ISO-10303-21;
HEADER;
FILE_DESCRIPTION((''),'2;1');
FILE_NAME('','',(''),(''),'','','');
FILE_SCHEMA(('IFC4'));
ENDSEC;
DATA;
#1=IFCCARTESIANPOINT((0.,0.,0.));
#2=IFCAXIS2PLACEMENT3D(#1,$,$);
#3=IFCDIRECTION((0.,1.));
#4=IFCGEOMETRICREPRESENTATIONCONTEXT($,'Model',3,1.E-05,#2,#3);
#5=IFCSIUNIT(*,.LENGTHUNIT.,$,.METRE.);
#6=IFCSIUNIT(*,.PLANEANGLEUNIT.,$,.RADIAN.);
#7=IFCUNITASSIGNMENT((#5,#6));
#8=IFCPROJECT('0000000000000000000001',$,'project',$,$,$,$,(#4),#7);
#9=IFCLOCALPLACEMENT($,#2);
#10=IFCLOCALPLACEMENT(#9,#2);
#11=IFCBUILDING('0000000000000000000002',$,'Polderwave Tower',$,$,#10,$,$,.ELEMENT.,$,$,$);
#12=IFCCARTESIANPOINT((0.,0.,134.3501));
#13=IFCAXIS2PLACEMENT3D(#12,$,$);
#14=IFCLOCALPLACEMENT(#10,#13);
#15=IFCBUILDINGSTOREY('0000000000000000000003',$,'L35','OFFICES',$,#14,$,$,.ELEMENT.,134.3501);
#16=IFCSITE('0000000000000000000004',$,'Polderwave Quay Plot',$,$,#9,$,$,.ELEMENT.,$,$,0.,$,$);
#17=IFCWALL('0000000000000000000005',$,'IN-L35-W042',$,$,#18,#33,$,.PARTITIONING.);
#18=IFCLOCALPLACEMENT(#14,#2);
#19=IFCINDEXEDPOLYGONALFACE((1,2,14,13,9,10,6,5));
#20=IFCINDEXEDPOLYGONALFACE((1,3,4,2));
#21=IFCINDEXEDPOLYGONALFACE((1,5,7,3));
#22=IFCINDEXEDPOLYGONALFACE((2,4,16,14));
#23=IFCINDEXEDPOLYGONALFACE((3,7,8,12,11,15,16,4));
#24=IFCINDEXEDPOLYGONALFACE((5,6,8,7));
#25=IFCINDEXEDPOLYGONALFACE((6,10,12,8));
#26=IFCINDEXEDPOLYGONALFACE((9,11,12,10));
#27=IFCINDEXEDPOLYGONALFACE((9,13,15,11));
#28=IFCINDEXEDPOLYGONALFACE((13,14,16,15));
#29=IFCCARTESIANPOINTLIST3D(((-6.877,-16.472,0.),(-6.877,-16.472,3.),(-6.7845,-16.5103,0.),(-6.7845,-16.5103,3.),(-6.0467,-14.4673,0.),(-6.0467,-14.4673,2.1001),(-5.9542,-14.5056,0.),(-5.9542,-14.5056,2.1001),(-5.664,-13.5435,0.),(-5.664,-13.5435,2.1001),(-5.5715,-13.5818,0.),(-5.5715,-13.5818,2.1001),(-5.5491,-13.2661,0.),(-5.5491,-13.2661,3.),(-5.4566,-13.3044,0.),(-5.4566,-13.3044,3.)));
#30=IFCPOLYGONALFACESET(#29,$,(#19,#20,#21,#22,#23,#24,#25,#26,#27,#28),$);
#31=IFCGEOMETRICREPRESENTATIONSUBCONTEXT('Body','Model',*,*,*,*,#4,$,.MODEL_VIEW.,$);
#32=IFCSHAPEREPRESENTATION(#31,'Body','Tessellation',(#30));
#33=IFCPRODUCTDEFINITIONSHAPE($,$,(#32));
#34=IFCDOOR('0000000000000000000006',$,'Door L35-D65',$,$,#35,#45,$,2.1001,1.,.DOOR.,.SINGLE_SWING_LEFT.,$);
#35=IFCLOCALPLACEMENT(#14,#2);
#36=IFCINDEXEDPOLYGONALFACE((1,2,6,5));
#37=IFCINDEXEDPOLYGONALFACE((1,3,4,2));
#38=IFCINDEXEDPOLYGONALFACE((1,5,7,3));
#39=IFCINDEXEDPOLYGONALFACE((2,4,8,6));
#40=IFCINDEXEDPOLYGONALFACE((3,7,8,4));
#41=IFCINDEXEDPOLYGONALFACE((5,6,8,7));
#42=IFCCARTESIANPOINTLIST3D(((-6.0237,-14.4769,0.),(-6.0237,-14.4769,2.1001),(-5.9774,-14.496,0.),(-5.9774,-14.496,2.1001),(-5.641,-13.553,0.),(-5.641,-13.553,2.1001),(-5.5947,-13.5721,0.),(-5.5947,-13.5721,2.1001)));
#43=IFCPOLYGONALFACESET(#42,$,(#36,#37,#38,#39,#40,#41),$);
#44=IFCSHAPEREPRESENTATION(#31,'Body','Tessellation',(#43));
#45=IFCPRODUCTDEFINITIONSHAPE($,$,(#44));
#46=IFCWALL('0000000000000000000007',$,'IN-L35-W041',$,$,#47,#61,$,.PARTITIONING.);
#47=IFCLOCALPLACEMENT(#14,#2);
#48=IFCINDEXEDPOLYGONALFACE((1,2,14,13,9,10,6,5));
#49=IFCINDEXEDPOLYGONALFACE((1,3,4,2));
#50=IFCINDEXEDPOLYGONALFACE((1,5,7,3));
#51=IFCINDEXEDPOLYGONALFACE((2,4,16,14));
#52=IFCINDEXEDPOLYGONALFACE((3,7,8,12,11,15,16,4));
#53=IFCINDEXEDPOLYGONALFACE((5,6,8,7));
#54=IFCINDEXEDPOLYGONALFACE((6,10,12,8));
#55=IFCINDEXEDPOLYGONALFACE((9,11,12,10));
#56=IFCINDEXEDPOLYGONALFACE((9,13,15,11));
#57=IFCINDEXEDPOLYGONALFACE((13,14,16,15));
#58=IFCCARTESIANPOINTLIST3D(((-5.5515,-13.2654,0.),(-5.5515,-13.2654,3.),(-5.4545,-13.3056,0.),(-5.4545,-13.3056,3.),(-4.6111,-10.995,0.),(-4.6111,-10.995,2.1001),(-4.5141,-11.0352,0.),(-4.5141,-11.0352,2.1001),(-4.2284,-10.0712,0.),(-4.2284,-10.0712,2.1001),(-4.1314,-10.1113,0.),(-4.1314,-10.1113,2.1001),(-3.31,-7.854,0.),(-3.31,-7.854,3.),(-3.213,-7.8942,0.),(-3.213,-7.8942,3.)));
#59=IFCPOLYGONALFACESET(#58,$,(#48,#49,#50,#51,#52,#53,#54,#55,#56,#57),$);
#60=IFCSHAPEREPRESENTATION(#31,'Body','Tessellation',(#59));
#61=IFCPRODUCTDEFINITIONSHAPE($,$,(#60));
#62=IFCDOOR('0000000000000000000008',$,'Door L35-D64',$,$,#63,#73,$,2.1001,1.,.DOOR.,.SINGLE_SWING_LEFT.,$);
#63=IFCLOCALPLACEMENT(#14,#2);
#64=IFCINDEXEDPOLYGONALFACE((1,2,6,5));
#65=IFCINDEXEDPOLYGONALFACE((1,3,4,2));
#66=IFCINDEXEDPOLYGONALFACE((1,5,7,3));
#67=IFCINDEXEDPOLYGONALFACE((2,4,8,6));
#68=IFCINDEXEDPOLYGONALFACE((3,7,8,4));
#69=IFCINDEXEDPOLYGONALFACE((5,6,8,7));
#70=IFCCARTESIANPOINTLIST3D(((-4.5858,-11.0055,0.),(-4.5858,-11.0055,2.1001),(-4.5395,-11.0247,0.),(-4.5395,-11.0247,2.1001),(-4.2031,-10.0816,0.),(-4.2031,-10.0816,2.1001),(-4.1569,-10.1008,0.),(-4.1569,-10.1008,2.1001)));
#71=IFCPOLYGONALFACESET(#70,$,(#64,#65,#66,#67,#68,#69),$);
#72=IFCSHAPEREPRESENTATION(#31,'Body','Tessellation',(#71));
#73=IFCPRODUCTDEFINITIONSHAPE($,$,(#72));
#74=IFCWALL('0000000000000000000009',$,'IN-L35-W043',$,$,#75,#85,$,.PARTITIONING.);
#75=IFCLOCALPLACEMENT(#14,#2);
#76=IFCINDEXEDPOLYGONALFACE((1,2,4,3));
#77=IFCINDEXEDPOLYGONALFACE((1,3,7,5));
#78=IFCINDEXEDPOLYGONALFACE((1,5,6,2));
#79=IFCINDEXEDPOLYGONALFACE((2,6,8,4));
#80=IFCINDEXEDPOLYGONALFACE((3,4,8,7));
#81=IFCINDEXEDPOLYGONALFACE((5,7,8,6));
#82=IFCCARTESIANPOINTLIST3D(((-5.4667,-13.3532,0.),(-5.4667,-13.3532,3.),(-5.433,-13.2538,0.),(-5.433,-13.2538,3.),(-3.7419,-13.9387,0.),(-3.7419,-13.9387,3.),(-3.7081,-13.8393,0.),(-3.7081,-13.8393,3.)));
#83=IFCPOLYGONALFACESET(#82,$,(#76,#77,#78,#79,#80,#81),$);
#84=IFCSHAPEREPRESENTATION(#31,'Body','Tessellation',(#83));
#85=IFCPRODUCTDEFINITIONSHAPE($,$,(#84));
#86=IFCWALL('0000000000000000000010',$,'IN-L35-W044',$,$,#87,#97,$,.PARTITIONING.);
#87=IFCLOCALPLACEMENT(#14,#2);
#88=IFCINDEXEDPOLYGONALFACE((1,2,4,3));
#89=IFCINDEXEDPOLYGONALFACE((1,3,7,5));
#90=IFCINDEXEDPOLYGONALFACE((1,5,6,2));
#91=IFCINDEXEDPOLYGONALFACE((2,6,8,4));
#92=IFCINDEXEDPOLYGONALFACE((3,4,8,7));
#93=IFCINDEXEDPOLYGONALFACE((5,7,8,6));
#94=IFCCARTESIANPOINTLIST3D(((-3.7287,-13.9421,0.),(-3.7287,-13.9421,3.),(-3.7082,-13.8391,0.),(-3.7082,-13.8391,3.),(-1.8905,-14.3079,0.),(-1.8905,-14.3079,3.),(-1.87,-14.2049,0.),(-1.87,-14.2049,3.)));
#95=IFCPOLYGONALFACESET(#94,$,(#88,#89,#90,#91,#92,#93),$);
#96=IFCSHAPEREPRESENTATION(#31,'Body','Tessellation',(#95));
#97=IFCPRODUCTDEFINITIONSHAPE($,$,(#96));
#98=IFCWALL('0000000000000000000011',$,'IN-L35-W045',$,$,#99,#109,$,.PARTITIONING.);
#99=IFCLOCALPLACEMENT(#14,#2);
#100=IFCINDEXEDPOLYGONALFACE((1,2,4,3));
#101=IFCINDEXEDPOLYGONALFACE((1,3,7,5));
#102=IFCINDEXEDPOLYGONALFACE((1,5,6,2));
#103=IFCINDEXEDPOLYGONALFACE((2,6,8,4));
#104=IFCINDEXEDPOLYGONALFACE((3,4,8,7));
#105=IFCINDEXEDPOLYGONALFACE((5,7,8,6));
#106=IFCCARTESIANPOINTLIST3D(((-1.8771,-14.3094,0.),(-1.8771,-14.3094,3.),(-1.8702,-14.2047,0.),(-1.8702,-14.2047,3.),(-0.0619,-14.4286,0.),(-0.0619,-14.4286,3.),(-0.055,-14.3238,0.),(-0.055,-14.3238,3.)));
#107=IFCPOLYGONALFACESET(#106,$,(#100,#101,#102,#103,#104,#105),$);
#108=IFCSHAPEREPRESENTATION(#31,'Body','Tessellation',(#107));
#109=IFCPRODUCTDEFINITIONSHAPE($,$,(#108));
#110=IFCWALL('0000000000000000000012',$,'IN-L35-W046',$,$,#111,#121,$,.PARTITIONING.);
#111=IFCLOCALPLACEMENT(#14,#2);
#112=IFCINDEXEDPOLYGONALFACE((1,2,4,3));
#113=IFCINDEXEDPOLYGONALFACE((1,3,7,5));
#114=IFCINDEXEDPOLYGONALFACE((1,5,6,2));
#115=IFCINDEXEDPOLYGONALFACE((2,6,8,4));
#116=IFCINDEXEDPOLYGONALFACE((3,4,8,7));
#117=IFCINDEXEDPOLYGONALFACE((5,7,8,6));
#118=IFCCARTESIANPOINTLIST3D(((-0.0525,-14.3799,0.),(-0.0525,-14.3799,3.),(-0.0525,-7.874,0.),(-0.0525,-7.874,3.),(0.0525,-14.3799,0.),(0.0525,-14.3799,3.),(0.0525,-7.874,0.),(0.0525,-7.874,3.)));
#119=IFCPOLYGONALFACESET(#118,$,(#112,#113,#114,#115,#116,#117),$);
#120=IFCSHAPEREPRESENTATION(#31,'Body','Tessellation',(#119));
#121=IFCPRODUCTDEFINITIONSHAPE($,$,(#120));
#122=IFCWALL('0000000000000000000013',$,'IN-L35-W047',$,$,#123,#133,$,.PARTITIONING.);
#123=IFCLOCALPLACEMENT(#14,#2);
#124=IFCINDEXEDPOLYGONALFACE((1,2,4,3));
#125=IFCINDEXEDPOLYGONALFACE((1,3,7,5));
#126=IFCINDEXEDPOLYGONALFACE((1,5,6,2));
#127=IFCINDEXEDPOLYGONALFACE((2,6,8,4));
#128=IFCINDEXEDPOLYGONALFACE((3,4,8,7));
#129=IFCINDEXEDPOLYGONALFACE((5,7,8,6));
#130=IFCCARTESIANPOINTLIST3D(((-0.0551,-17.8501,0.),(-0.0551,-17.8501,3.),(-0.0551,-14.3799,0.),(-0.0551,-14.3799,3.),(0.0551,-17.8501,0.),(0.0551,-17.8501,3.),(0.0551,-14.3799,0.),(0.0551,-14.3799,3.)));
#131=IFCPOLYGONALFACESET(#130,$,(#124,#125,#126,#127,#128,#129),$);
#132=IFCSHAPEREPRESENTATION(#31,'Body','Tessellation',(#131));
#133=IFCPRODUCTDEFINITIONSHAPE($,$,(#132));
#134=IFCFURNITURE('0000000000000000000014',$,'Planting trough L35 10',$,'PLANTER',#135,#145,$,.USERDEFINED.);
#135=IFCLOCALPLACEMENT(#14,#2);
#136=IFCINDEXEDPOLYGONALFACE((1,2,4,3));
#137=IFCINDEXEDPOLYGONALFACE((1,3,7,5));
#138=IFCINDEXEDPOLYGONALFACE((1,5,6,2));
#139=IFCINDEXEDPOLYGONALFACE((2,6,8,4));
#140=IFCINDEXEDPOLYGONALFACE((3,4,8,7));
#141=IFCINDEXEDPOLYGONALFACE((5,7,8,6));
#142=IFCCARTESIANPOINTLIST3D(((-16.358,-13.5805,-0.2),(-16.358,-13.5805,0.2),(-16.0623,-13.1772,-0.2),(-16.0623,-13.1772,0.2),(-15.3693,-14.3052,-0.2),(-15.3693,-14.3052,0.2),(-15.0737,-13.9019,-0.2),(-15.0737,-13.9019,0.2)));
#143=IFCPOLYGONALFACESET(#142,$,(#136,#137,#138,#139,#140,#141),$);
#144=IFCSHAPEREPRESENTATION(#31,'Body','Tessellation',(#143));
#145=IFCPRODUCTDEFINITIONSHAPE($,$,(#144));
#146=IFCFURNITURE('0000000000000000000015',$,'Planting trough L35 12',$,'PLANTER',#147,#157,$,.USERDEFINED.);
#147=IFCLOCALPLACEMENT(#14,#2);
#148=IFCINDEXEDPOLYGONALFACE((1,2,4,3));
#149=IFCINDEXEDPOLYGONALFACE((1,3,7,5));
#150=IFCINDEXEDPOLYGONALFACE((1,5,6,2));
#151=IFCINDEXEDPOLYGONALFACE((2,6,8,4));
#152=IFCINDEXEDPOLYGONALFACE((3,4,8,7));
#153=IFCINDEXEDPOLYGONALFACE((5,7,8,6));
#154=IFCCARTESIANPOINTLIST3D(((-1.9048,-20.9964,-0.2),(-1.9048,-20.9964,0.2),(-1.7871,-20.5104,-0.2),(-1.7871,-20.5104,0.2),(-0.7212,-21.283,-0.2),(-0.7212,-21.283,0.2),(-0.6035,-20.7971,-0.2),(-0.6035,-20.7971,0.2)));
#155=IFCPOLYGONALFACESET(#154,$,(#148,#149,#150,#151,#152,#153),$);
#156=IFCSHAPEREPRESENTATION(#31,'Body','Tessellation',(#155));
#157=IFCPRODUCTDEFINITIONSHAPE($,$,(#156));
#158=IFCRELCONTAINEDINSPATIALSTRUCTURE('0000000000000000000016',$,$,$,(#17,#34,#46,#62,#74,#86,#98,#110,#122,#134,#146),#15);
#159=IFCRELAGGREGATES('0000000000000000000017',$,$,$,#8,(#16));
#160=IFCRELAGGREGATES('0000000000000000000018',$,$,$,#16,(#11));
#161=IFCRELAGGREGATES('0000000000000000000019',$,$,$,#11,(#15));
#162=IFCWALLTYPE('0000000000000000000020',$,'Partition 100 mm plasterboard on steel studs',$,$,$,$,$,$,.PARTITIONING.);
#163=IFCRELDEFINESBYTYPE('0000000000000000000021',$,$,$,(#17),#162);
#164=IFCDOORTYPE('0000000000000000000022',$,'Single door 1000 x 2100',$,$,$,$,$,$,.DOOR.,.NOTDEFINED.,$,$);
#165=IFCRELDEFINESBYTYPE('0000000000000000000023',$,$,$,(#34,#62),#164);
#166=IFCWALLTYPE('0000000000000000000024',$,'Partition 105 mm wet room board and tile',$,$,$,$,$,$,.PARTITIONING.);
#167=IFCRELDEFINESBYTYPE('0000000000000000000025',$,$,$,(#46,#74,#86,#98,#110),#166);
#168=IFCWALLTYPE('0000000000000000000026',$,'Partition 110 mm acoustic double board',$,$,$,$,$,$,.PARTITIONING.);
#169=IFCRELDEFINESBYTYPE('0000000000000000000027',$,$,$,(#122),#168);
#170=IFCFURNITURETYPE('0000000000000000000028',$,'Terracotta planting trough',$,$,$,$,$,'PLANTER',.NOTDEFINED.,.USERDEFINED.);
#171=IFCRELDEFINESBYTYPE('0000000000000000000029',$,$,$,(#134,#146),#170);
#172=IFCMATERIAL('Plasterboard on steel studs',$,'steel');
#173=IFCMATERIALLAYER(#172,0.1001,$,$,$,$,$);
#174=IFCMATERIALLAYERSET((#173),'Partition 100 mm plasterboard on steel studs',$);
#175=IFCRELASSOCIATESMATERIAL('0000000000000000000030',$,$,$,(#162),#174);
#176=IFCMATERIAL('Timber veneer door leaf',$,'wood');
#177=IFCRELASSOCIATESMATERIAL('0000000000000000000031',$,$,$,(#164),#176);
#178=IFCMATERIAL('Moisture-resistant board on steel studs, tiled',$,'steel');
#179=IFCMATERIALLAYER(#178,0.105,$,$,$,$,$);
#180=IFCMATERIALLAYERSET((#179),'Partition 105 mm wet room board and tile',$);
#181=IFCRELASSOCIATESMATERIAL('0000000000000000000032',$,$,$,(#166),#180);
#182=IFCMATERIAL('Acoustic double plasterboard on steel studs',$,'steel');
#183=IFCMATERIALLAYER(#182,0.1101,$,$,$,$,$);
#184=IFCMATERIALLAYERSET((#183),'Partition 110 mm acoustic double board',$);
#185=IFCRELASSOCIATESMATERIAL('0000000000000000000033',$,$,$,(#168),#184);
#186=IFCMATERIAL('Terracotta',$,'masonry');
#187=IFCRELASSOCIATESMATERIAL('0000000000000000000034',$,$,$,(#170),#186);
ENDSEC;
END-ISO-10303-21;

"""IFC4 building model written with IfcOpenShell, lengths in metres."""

from ifc_helpers import new_model, si_unit, direction, frame, frame_2d, origin, origin_2d, place, context, subcontext, project, spatial, rectangle, extrude, material, layer, layer_set, type_object, element, fill, save


model = new_model("IFC4")

# Units and contexts
model_context = context("Model", 3, precision=1e-05, world=origin(), true_north=direction((0.0, 1.0)))
body_context = subcontext(model_context, "Body", "Model", "MODEL_VIEW")
ifc_project = project(units=[si_unit("LENGTHUNIT", "METRE"), si_unit("PLANEANGLEUNIT", "RADIAN")], contexts=[model_context])

# Site, building, storey
site_placement = place(None, origin())
site = spatial("IfcSite", under=ifc_project, at=site_placement, Name="Polderwave Quay Plot", CompositionType="ELEMENT", RefElevation=0.0)
building_placement = place(site_placement, origin())
building = spatial("IfcBuilding", under=site, at=building_placement, Name="Polderwave Tower", CompositionType="ELEMENT")
storey_placement = place(building_placement, frame((0.0, 0.0, 134.3501)))
storey = spatial("IfcBuildingStorey", under=building, at=storey_placement, Name="L35", Description="OFFICES", CompositionType="ELEMENT", Elevation=134.3501)

# Walls, openings, doors
ifc_material_1 = material(Name="Plasterboard on steel studs", Category="steel")
ifc_layer_1 = layer(ifc_material_1, 0.1001)
ifc_layer_set_1 = layer_set([ifc_layer_1], Name="Partition 100 mm plasterboard on steel studs")
wall_type_1 = type_object("IfcWallType", Name="Partition 100 mm plasterboard on steel studs", PredefinedType="PARTITIONING", material=ifc_layer_set_1)
ifc_material_2 = material(Name="Timber veneer door leaf", Category="wood")
door_type = type_object("IfcDoorType", Name="Single door 1000 x 2100", OperationType="NOTDEFINED", PredefinedType="DOOR", material=ifc_material_2)
wall_1_placement = place(storey_placement, frame((-5.5029, -13.2854, 0.0), z_axis=(0.0, 0.0, 1.0), x_axis=(-0.382681, -0.92388, 0.0)))
wall_1 = element("IfcWall", 1, at=wall_1_placement, inside=storey, type_object=wall_type_1, Name="IN-L35-W042", PredefinedType="PARTITIONING", context=body_context, shape_type="SweptSolid", body=[
    extrude(rectangle(XDim=3.47, YDim=0.1001, at=frame_2d((1.7349, 0.0))), origin(), (0.0, 0.0, 1.0), 3.0),
])
opening_1_placement = place(wall_1_placement, frame((0.3, 0.0, 0.0)))
opening_1 = element("IfcOpeningElement", 2, at=opening_1_placement, cuts=wall_1, PredefinedType="OPENING", context=body_context, shape_type="SweptSolid", body=[
    extrude(rectangle(XDim=1.0, YDim=2.1001, at=frame_2d((0.5, 1.05))), frame((0.0, 0.0601, 0.0), z_axis=(0.0, -1.0, 0.0), x_axis=(1.0, 0.0, 0.0)), (0.0, 0.0, 1.0), 0.1201),
])
door_1_placement = place(opening_1_placement, origin())
door_1 = element("IfcDoor", 3, at=door_1_placement, inside=storey, type_object=door_type, Name="Door L35-D65", OperationType="SINGLE_SWING_LEFT", OverallHeight=2.1001, OverallWidth=1.0, PredefinedType="DOOR", context=body_context, shape_type="SweptSolid", body=[
    extrude(rectangle(XDim=1.0, YDim=2.1001, at=frame_2d((0.5, 1.05))), frame((0.0, 0.0249, 0.0), z_axis=(0.0, -1.0, 0.0), x_axis=(1.0, 0.0, 0.0)), (0.0, 0.0, 1.0), 0.05),
])
fill(opening_1, door_1)
ifc_material_3 = material(Name="Moisture-resistant board on steel studs, tiled", Category="steel")
ifc_layer_2 = layer(ifc_material_3, 0.105)
ifc_layer_set_2 = layer_set([ifc_layer_2], Name="Partition 105 mm wet room board and tile")
wall_type_2 = type_object("IfcWallType", Name="Partition 105 mm wet room board and tile", PredefinedType="PARTITIONING", material=ifc_layer_set_2)
wall_2_placement = place(storey_placement, frame((-3.2615, -7.874, 0.0), z_axis=(0.0, 0.0, 1.0), x_axis=(-0.382682, -0.92388, 0.0)))
wall_2 = element("IfcWall", 4, at=wall_2_placement, inside=storey, type_object=wall_type_2, Name="IN-L35-W041", PredefinedType="PARTITIONING", context=body_context, shape_type="SweptSolid", body=[
    extrude(rectangle(XDim=5.8572, YDim=0.105, at=frame_2d((2.9287, 0.0))), origin(), (0.0, 0.0, 1.0), 3.0),
])
opening_2_placement = place(wall_2_placement, frame((2.3999, 0.0, 0.0)))
opening_2 = element("IfcOpeningElement", 5, at=opening_2_placement, cuts=wall_2, PredefinedType="OPENING", context=body_context, shape_type="SweptSolid", body=[
    extrude(rectangle(XDim=1.0, YDim=2.1001, at=frame_2d((0.5, 1.05))), frame((0.0, 0.0625, 0.0), z_axis=(0.0, -1.0, 0.0), x_axis=(1.0, 0.0, 0.0)), (0.0, 0.0, 1.0), 0.125),
])
door_2_placement = place(opening_2_placement, origin())
door_2 = element("IfcDoor", 6, at=door_2_placement, inside=storey, type_object=door_type, Name="Door L35-D64", OperationType="SINGLE_SWING_LEFT", OverallHeight=2.1001, OverallWidth=1.0, PredefinedType="DOOR", context=body_context, shape_type="SweptSolid", body=[
    extrude(rectangle(XDim=1.0, YDim=2.1001, at=frame_2d((0.5, 1.05))), frame((0.0, 0.0249, 0.0), z_axis=(0.0, -1.0, 0.0), x_axis=(1.0, 0.0, 0.0)), (0.0, 0.0, 1.0), 0.05),
])
fill(opening_2, door_2)

# Walls
wall_3_placement = place(storey_placement, frame((-3.7251, -13.8889, 0.0), z_axis=(0.0, 0.0, 1.0), x_axis=(-0.94694, 0.32141, 0.0)))
element("IfcWall", 7, at=wall_3_placement, inside=storey, type_object=wall_type_2, Name="IN-L35-W043", PredefinedType="PARTITIONING", context=body_context, shape_type="SweptSolid", body=[
    extrude(rectangle(XDim=1.8215, YDim=0.105, at=frame_2d((0.9106, 0.0))), origin(), (0.0, 0.0, 1.0), 3.0),
])
wall_4_placement = place(storey_placement, frame((-1.8804, -14.2563, 0.0), z_axis=(0.0, 0.0, 1.0), x_axis=(-0.980776, 0.195139, 0.0)))
element("IfcWall", 8, at=wall_4_placement, inside=storey, type_object=wall_type_2, Name="IN-L35-W044", PredefinedType="PARTITIONING", context=body_context, shape_type="SweptSolid", body=[
    extrude(rectangle(XDim=1.8743, YDim=0.105, at=frame_2d((0.937, 0.0))), origin(), (0.0, 0.0, 1.0), 3.0),
])
wall_5_placement = place(storey_placement, frame((-0.0583, -14.3762, 0.0), z_axis=(0.0, 0.0, 1.0), x_axis=(-0.997853, 0.065495, 0.0)))
element("IfcWall", 9, at=wall_5_placement, inside=storey, type_object=wall_type_2, Name="IN-L35-W045", PredefinedType="PARTITIONING", context=body_context, shape_type="SweptSolid", body=[
    extrude(rectangle(XDim=1.8191, YDim=0.105, at=frame_2d((0.9097, 0.0))), origin(), (0.0, 0.0, 1.0), 3.0),
])
wall_6_placement = place(storey_placement, frame((0.0, -7.874, 0.0), z_axis=(0.0, 0.0, 1.0), x_axis=(0.0, -1.0, 0.0)))
element("IfcWall", 10, at=wall_6_placement, inside=storey, type_object=wall_type_2, Name="IN-L35-W046", PredefinedType="PARTITIONING", context=body_context, shape_type="SweptSolid", body=[
    extrude(rectangle(XDim=6.5059, YDim=0.105, at=frame_2d((3.2529, 0.0))), origin(), (0.0, 0.0, 1.0), 3.0),
])
ifc_material_4 = material(Name="Acoustic double plasterboard on steel studs", Category="steel")
ifc_layer_3 = layer(ifc_material_4, 0.1101)
ifc_layer_set_3 = layer_set([ifc_layer_3], Name="Partition 110 mm acoustic double board")
wall_type_3 = type_object("IfcWallType", Name="Partition 110 mm acoustic double board", PredefinedType="PARTITIONING", material=ifc_layer_set_3)
wall_7_placement = place(storey_placement, frame((0.0, -14.3799, 0.0), z_axis=(0.0, 0.0, 1.0), x_axis=(0.0, -1.0, 0.0)))
element("IfcWall", 11, at=wall_7_placement, inside=storey, type_object=wall_type_3, Name="IN-L35-W047", PredefinedType="PARTITIONING", context=body_context, shape_type="SweptSolid", body=[
    extrude(rectangle(XDim=3.4702, YDim=0.1101, at=frame_2d((1.7351, 0.0))), origin(), (0.0, 0.0, 1.0), 3.0),
])

# Furniture
ifc_material_5 = material(Name="Terracotta", Category="masonry")
furniture_type = type_object("IfcFurnitureType", Name="Terracotta planting trough", ElementType="PLANTER", AssemblyPlace="NOTDEFINED", PredefinedType="USERDEFINED", material=ifc_material_5)
furniture_1_placement = place(storey_placement, frame((-15.7158, -13.7412, -0.2), z_axis=(0.0, 0.0, 1.0), x_axis=(0.806523, -0.591203, 0.0)))
element("IfcFurniture", 12, at=furniture_1_placement, inside=storey, type_object=furniture_type, Name="Planting trough L35 10", ObjectType="PLANTER", PredefinedType="USERDEFINED", context=body_context, shape_type="SweptSolid", body=[
    extrude(rectangle(XDim=1.2258, YDim=0.5, at=origin_2d()), origin(), (0.0, 0.0, 1.0), 0.3999),
])
furniture_2_placement = place(storey_placement, frame((-1.2542, -20.8967, -0.2), z_axis=(0.0, 0.0, 1.0), x_axis=(0.971906, -0.235368, 0.0)))
element("IfcFurniture", 13, at=furniture_2_placement, inside=storey, type_object=furniture_type, Name="Planting trough L35 12", ObjectType="PLANTER", PredefinedType="USERDEFINED", context=body_context, shape_type="SweptSolid", body=[
    extrude(rectangle(XDim=1.2178, YDim=0.5, at=origin_2d()), origin(), (0.0, 0.0, 1.0), 0.3999),
])

save(model, "model.ifc")
